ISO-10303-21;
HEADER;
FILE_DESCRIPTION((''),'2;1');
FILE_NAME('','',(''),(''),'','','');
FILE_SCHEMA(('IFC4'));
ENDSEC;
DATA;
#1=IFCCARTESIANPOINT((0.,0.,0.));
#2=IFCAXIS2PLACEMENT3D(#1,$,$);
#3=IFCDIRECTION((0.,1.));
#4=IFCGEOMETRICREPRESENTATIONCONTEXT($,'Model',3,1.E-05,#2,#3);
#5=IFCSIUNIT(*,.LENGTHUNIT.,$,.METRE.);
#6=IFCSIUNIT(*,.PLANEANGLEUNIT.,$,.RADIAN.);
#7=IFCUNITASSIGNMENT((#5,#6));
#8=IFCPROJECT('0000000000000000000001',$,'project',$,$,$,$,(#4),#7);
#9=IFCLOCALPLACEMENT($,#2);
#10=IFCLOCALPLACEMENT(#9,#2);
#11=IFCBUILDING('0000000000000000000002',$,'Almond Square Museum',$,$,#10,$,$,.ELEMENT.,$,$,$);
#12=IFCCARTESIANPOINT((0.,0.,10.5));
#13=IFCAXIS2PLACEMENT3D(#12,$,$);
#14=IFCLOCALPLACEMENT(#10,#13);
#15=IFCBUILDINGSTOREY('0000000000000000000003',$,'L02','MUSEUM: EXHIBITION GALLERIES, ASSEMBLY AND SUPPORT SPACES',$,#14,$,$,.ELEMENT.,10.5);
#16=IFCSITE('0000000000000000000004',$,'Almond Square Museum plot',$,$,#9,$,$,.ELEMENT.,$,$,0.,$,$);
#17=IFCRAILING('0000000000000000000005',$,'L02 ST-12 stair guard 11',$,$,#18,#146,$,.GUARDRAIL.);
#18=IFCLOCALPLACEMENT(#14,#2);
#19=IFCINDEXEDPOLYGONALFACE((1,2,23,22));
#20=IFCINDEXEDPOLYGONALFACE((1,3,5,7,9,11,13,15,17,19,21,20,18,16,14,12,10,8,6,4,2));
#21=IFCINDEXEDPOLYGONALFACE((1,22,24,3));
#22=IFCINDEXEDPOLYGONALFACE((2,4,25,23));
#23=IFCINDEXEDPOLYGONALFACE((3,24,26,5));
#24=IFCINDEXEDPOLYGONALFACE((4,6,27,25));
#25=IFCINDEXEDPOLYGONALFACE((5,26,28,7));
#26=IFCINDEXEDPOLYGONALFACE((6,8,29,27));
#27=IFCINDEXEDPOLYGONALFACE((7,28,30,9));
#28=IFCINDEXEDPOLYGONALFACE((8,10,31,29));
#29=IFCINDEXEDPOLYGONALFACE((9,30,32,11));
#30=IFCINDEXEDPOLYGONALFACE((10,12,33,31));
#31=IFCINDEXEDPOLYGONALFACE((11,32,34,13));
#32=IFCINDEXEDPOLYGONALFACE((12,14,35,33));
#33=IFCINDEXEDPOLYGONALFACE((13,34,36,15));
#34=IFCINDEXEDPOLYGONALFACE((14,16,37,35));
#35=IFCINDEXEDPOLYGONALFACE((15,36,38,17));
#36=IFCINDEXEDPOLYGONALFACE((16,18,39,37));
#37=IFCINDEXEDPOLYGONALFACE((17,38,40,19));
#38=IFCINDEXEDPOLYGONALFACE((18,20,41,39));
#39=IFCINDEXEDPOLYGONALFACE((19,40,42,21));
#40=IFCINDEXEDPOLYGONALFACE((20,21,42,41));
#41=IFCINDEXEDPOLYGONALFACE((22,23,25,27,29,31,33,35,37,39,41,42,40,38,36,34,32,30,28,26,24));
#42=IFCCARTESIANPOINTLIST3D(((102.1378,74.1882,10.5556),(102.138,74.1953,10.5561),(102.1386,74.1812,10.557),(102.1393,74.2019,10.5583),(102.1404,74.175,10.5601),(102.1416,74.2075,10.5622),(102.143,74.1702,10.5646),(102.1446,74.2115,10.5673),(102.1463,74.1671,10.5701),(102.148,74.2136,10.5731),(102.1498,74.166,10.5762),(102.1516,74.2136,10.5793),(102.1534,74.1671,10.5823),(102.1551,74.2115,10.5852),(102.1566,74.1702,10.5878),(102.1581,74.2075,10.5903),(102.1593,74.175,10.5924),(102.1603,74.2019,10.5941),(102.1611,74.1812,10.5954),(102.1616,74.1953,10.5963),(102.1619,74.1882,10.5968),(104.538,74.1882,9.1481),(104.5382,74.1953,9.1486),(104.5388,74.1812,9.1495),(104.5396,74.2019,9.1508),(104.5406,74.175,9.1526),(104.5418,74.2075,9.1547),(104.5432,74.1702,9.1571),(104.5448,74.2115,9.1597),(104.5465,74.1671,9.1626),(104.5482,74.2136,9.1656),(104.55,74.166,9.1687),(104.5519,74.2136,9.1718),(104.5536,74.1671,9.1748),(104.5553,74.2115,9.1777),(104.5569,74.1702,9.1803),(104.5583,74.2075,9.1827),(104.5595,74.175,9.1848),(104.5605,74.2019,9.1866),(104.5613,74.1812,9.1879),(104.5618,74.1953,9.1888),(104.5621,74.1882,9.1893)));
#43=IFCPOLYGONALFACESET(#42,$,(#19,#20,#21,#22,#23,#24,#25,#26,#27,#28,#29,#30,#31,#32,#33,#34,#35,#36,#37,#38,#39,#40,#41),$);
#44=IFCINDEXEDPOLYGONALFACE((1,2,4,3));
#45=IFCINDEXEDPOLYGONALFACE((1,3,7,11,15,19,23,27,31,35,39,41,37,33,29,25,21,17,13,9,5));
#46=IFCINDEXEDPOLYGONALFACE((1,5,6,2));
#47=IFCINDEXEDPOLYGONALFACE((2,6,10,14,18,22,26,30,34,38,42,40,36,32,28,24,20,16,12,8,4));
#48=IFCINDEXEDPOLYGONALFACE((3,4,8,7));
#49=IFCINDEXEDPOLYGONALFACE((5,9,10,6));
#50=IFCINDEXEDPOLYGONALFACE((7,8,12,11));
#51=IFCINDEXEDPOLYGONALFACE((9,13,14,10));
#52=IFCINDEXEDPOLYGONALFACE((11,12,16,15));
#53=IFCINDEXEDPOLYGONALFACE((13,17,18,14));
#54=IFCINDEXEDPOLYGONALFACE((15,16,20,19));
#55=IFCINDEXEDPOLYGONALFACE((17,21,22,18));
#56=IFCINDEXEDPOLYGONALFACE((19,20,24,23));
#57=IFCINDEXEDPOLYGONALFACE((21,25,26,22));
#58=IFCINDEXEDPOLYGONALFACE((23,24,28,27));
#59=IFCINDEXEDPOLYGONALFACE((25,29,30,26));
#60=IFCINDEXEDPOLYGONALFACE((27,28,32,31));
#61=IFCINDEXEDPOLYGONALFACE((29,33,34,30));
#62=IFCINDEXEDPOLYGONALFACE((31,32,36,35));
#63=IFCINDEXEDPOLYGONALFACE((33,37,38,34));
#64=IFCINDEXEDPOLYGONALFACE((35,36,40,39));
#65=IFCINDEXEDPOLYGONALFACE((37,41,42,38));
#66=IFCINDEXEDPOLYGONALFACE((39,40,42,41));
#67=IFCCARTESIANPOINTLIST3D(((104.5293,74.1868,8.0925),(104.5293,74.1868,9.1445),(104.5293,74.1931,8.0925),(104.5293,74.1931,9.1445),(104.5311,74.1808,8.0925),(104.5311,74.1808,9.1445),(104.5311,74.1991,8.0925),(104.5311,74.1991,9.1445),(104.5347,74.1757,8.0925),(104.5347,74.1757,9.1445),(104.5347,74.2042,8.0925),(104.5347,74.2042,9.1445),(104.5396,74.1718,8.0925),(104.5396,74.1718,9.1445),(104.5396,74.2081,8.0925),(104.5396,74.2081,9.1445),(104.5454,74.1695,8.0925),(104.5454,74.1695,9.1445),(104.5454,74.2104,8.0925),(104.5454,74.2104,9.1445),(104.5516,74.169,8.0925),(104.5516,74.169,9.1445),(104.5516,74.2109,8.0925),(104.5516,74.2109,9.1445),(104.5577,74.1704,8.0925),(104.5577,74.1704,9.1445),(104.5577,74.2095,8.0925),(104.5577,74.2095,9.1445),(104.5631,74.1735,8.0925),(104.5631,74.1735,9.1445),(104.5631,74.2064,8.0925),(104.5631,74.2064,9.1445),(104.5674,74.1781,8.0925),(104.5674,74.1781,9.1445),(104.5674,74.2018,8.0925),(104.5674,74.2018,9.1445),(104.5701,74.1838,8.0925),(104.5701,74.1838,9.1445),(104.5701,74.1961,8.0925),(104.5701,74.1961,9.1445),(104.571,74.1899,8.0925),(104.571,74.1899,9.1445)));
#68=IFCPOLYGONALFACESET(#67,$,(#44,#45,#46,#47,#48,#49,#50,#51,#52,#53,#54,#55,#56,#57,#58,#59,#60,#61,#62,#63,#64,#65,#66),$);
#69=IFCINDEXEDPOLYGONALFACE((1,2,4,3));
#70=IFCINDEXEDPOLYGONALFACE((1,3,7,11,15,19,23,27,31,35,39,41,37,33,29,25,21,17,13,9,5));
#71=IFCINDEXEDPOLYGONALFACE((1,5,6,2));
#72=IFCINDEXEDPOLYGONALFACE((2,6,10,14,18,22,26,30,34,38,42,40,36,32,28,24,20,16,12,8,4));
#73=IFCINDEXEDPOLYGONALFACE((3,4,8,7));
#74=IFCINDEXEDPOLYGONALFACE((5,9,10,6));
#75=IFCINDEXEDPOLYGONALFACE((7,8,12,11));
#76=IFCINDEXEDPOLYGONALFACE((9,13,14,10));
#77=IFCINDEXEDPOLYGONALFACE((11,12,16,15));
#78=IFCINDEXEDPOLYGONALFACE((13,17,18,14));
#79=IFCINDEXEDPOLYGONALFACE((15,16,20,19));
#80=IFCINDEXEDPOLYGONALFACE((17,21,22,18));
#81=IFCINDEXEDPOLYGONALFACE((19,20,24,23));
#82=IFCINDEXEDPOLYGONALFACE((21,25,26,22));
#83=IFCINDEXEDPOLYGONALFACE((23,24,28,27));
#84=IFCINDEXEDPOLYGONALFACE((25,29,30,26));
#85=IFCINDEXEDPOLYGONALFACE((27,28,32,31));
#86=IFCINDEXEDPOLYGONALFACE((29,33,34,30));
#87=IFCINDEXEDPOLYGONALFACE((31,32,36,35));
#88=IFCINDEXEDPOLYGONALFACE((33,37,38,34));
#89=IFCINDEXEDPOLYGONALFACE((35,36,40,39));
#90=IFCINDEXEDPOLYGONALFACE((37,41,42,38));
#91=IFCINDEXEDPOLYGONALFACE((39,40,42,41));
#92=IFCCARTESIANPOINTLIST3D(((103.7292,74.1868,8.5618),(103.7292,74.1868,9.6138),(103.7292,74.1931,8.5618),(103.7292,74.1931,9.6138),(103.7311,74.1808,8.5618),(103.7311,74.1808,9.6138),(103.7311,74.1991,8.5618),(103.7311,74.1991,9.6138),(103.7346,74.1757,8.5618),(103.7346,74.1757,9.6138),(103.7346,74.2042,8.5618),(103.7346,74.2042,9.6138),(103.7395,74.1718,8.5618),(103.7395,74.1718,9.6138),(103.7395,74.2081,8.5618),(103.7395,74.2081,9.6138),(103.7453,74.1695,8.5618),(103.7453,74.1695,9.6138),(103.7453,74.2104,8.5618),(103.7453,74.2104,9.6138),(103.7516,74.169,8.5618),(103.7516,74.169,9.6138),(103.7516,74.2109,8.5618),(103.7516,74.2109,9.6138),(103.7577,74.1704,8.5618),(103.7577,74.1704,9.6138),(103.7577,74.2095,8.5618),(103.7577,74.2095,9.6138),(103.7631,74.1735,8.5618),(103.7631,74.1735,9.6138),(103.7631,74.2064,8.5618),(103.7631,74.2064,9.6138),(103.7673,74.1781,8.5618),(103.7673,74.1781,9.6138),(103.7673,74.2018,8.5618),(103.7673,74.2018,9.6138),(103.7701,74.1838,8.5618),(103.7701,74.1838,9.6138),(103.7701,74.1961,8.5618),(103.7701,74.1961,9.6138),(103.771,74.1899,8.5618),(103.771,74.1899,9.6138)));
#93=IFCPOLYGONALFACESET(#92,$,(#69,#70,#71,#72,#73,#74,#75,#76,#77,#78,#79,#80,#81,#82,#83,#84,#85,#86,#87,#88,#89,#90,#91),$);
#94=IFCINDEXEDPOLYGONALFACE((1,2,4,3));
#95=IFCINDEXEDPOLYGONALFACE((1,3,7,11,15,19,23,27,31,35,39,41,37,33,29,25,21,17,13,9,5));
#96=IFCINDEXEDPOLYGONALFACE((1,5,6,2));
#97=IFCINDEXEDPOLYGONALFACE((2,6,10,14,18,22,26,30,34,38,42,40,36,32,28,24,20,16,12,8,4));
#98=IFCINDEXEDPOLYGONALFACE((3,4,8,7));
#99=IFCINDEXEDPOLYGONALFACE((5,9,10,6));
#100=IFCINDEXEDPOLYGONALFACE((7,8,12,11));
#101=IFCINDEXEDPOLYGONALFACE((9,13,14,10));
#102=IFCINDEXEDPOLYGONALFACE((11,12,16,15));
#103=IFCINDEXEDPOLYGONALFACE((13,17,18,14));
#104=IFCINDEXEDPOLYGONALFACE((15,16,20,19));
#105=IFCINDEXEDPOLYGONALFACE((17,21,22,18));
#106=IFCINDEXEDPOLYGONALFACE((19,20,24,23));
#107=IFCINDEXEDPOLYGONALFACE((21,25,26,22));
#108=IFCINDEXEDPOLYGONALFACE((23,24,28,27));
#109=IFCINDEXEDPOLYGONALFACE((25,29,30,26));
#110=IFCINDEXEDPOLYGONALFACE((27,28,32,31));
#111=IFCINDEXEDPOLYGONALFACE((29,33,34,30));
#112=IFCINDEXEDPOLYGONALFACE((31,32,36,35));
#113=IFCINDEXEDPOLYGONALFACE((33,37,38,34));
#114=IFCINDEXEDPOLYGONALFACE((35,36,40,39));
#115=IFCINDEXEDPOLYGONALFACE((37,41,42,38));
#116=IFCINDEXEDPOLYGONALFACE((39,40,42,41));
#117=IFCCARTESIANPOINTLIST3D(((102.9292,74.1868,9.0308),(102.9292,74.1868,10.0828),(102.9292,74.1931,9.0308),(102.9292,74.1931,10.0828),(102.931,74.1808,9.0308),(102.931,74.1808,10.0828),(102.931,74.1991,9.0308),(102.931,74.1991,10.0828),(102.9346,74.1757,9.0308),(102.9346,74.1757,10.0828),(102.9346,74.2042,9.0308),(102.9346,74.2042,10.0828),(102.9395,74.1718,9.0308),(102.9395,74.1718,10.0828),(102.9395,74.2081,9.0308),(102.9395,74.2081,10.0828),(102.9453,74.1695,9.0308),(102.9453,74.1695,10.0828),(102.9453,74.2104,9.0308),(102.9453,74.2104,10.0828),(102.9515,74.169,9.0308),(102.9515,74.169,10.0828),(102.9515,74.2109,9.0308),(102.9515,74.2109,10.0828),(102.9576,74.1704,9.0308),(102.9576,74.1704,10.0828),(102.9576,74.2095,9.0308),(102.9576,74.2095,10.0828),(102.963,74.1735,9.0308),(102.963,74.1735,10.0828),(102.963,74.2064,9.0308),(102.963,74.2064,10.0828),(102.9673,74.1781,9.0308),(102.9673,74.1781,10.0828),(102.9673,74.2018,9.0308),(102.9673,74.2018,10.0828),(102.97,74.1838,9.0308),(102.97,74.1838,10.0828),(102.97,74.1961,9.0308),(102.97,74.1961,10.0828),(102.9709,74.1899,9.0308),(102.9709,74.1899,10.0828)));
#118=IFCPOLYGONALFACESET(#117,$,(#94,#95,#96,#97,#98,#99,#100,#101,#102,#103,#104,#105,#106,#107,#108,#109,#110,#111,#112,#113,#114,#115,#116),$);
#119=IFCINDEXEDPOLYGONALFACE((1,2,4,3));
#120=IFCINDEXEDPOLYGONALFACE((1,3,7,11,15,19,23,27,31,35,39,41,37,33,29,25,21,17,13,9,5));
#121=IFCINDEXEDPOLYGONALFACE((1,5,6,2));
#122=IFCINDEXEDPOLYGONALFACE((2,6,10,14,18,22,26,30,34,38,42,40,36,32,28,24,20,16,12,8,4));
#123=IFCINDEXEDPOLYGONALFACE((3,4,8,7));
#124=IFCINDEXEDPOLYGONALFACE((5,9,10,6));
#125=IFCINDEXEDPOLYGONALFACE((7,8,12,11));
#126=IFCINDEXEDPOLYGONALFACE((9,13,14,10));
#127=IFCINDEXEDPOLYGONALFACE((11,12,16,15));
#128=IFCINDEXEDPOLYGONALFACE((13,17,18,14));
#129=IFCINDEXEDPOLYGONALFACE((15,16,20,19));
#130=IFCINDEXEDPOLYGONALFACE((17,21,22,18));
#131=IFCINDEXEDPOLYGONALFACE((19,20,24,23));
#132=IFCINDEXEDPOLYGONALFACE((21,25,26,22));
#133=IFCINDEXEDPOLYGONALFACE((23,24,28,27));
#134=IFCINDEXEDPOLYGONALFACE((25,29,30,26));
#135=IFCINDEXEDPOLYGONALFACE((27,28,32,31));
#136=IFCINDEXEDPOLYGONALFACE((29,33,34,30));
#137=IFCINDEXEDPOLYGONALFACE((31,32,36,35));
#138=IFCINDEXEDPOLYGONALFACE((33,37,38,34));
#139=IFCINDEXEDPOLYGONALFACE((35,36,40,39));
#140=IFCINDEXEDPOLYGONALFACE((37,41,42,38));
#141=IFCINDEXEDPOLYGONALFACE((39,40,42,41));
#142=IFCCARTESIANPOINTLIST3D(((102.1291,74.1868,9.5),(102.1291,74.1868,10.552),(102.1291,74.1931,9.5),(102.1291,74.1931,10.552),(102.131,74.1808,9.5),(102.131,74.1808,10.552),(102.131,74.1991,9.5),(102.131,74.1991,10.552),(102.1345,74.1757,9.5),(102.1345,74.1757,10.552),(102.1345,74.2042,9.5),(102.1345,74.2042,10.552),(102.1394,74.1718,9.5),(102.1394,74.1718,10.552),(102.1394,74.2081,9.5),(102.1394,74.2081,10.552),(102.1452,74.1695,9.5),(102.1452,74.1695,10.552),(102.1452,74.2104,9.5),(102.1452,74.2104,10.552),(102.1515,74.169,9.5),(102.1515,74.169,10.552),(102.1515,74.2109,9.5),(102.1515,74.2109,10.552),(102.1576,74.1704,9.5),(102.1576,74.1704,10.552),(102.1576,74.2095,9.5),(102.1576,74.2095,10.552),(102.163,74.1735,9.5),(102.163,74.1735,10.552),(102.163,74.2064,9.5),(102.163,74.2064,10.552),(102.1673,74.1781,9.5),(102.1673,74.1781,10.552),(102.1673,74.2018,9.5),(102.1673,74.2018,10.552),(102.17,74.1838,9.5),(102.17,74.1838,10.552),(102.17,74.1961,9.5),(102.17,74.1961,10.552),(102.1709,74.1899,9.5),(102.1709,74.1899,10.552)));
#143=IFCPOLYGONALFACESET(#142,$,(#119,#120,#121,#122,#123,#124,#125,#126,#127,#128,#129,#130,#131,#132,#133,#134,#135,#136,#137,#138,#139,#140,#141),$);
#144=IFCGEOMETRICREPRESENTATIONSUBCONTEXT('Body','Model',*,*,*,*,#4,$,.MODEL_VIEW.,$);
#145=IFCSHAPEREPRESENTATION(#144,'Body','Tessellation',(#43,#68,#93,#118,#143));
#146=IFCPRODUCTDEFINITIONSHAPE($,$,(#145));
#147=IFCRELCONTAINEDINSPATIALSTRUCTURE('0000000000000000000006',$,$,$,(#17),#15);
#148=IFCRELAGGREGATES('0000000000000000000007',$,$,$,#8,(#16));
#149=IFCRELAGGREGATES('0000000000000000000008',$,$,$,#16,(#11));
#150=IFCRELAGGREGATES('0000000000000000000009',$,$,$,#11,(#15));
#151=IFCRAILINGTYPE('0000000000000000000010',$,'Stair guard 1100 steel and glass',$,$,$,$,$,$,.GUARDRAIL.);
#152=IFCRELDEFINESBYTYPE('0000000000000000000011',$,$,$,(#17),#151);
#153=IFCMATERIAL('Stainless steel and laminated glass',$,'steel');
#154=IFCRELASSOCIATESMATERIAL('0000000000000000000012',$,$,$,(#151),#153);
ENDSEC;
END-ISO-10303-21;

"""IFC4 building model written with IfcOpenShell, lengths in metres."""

from ifc_helpers import new_model, si_unit, direction, frame, origin, origin_2d, place, context, subcontext, project, spatial, circle, extrude, material, type_object, element, save


model = new_model("IFC4")

# Units and contexts
model_context = context("Model", 3, precision=1e-05, world=origin(), true_north=direction((0.0, 1.0)))
body_context = subcontext(model_context, "Body", "Model", "MODEL_VIEW")
ifc_project = project(units=[si_unit("LENGTHUNIT", "METRE"), si_unit("PLANEANGLEUNIT", "RADIAN")], contexts=[model_context])

# Site, building, storey
site_placement = place(None, origin())
site = spatial("IfcSite", under=ifc_project, at=site_placement, Name="Almond Square Museum plot", CompositionType="ELEMENT", RefElevation=0.0)
building_placement = place(site_placement, origin())
building = spatial("IfcBuilding", under=site, at=building_placement, Name="Almond Square Museum", CompositionType="ELEMENT")
storey_placement = place(building_placement, frame((0.0, 0.0, 10.5)))
storey = spatial("IfcBuildingStorey", under=building, at=storey_placement, Name="L02", Description="MUSEUM: EXHIBITION GALLERIES, ASSEMBLY AND SUPPORT SPACES", CompositionType="ELEMENT", Elevation=10.5)

# Railing
ifc_material_1 = material(Name="Stainless steel and laminated glass", Category="steel")
railing_type_1 = type_object("IfcRailingType", Name="Stair guard 1100 steel and glass", PredefinedType="GUARDRAIL", material=ifc_material_1)
railing_1_placement = place(storey_placement, frame((104.55, 74.1899, 8.0925)))
element("IfcRailing", 1, at=railing_1_placement, inside=storey, type_object=railing_type_1, Name="L02 ST-12 stair guard 11", PredefinedType="GUARDRAIL", context=body_context, shape_type="SweptSolid", body=[
    extrude(circle(Radius=0.0239, at=origin_2d()), frame((0.0, 0.0, 1.0762), z_axis=(-0.862621, 0.0, 0.50585), x_axis=(0.0, -1.0, 0.0)), (0.0, 0.0, 1.0), 2.7825),
    extrude(circle(Radius=0.021, at=origin_2d()), origin(), (0.0, 0.0, 1.0), 1.052),
    extrude(circle(Radius=0.021, at=origin_2d()), frame((-0.8, 0.0, 0.4692)), (0.0, 0.0, 1.0), 1.052),
    extrude(circle(Radius=0.021, at=origin_2d()), frame((-1.6001, 0.0, 0.9382)), (0.0, 0.0, 1.0), 1.052),
    extrude(circle(Radius=0.021, at=origin_2d()), frame((-2.4001, 0.0, 1.4075)), (0.0, 0.0, 1.0), 1.052),
])

save(model, "model.ifc")
